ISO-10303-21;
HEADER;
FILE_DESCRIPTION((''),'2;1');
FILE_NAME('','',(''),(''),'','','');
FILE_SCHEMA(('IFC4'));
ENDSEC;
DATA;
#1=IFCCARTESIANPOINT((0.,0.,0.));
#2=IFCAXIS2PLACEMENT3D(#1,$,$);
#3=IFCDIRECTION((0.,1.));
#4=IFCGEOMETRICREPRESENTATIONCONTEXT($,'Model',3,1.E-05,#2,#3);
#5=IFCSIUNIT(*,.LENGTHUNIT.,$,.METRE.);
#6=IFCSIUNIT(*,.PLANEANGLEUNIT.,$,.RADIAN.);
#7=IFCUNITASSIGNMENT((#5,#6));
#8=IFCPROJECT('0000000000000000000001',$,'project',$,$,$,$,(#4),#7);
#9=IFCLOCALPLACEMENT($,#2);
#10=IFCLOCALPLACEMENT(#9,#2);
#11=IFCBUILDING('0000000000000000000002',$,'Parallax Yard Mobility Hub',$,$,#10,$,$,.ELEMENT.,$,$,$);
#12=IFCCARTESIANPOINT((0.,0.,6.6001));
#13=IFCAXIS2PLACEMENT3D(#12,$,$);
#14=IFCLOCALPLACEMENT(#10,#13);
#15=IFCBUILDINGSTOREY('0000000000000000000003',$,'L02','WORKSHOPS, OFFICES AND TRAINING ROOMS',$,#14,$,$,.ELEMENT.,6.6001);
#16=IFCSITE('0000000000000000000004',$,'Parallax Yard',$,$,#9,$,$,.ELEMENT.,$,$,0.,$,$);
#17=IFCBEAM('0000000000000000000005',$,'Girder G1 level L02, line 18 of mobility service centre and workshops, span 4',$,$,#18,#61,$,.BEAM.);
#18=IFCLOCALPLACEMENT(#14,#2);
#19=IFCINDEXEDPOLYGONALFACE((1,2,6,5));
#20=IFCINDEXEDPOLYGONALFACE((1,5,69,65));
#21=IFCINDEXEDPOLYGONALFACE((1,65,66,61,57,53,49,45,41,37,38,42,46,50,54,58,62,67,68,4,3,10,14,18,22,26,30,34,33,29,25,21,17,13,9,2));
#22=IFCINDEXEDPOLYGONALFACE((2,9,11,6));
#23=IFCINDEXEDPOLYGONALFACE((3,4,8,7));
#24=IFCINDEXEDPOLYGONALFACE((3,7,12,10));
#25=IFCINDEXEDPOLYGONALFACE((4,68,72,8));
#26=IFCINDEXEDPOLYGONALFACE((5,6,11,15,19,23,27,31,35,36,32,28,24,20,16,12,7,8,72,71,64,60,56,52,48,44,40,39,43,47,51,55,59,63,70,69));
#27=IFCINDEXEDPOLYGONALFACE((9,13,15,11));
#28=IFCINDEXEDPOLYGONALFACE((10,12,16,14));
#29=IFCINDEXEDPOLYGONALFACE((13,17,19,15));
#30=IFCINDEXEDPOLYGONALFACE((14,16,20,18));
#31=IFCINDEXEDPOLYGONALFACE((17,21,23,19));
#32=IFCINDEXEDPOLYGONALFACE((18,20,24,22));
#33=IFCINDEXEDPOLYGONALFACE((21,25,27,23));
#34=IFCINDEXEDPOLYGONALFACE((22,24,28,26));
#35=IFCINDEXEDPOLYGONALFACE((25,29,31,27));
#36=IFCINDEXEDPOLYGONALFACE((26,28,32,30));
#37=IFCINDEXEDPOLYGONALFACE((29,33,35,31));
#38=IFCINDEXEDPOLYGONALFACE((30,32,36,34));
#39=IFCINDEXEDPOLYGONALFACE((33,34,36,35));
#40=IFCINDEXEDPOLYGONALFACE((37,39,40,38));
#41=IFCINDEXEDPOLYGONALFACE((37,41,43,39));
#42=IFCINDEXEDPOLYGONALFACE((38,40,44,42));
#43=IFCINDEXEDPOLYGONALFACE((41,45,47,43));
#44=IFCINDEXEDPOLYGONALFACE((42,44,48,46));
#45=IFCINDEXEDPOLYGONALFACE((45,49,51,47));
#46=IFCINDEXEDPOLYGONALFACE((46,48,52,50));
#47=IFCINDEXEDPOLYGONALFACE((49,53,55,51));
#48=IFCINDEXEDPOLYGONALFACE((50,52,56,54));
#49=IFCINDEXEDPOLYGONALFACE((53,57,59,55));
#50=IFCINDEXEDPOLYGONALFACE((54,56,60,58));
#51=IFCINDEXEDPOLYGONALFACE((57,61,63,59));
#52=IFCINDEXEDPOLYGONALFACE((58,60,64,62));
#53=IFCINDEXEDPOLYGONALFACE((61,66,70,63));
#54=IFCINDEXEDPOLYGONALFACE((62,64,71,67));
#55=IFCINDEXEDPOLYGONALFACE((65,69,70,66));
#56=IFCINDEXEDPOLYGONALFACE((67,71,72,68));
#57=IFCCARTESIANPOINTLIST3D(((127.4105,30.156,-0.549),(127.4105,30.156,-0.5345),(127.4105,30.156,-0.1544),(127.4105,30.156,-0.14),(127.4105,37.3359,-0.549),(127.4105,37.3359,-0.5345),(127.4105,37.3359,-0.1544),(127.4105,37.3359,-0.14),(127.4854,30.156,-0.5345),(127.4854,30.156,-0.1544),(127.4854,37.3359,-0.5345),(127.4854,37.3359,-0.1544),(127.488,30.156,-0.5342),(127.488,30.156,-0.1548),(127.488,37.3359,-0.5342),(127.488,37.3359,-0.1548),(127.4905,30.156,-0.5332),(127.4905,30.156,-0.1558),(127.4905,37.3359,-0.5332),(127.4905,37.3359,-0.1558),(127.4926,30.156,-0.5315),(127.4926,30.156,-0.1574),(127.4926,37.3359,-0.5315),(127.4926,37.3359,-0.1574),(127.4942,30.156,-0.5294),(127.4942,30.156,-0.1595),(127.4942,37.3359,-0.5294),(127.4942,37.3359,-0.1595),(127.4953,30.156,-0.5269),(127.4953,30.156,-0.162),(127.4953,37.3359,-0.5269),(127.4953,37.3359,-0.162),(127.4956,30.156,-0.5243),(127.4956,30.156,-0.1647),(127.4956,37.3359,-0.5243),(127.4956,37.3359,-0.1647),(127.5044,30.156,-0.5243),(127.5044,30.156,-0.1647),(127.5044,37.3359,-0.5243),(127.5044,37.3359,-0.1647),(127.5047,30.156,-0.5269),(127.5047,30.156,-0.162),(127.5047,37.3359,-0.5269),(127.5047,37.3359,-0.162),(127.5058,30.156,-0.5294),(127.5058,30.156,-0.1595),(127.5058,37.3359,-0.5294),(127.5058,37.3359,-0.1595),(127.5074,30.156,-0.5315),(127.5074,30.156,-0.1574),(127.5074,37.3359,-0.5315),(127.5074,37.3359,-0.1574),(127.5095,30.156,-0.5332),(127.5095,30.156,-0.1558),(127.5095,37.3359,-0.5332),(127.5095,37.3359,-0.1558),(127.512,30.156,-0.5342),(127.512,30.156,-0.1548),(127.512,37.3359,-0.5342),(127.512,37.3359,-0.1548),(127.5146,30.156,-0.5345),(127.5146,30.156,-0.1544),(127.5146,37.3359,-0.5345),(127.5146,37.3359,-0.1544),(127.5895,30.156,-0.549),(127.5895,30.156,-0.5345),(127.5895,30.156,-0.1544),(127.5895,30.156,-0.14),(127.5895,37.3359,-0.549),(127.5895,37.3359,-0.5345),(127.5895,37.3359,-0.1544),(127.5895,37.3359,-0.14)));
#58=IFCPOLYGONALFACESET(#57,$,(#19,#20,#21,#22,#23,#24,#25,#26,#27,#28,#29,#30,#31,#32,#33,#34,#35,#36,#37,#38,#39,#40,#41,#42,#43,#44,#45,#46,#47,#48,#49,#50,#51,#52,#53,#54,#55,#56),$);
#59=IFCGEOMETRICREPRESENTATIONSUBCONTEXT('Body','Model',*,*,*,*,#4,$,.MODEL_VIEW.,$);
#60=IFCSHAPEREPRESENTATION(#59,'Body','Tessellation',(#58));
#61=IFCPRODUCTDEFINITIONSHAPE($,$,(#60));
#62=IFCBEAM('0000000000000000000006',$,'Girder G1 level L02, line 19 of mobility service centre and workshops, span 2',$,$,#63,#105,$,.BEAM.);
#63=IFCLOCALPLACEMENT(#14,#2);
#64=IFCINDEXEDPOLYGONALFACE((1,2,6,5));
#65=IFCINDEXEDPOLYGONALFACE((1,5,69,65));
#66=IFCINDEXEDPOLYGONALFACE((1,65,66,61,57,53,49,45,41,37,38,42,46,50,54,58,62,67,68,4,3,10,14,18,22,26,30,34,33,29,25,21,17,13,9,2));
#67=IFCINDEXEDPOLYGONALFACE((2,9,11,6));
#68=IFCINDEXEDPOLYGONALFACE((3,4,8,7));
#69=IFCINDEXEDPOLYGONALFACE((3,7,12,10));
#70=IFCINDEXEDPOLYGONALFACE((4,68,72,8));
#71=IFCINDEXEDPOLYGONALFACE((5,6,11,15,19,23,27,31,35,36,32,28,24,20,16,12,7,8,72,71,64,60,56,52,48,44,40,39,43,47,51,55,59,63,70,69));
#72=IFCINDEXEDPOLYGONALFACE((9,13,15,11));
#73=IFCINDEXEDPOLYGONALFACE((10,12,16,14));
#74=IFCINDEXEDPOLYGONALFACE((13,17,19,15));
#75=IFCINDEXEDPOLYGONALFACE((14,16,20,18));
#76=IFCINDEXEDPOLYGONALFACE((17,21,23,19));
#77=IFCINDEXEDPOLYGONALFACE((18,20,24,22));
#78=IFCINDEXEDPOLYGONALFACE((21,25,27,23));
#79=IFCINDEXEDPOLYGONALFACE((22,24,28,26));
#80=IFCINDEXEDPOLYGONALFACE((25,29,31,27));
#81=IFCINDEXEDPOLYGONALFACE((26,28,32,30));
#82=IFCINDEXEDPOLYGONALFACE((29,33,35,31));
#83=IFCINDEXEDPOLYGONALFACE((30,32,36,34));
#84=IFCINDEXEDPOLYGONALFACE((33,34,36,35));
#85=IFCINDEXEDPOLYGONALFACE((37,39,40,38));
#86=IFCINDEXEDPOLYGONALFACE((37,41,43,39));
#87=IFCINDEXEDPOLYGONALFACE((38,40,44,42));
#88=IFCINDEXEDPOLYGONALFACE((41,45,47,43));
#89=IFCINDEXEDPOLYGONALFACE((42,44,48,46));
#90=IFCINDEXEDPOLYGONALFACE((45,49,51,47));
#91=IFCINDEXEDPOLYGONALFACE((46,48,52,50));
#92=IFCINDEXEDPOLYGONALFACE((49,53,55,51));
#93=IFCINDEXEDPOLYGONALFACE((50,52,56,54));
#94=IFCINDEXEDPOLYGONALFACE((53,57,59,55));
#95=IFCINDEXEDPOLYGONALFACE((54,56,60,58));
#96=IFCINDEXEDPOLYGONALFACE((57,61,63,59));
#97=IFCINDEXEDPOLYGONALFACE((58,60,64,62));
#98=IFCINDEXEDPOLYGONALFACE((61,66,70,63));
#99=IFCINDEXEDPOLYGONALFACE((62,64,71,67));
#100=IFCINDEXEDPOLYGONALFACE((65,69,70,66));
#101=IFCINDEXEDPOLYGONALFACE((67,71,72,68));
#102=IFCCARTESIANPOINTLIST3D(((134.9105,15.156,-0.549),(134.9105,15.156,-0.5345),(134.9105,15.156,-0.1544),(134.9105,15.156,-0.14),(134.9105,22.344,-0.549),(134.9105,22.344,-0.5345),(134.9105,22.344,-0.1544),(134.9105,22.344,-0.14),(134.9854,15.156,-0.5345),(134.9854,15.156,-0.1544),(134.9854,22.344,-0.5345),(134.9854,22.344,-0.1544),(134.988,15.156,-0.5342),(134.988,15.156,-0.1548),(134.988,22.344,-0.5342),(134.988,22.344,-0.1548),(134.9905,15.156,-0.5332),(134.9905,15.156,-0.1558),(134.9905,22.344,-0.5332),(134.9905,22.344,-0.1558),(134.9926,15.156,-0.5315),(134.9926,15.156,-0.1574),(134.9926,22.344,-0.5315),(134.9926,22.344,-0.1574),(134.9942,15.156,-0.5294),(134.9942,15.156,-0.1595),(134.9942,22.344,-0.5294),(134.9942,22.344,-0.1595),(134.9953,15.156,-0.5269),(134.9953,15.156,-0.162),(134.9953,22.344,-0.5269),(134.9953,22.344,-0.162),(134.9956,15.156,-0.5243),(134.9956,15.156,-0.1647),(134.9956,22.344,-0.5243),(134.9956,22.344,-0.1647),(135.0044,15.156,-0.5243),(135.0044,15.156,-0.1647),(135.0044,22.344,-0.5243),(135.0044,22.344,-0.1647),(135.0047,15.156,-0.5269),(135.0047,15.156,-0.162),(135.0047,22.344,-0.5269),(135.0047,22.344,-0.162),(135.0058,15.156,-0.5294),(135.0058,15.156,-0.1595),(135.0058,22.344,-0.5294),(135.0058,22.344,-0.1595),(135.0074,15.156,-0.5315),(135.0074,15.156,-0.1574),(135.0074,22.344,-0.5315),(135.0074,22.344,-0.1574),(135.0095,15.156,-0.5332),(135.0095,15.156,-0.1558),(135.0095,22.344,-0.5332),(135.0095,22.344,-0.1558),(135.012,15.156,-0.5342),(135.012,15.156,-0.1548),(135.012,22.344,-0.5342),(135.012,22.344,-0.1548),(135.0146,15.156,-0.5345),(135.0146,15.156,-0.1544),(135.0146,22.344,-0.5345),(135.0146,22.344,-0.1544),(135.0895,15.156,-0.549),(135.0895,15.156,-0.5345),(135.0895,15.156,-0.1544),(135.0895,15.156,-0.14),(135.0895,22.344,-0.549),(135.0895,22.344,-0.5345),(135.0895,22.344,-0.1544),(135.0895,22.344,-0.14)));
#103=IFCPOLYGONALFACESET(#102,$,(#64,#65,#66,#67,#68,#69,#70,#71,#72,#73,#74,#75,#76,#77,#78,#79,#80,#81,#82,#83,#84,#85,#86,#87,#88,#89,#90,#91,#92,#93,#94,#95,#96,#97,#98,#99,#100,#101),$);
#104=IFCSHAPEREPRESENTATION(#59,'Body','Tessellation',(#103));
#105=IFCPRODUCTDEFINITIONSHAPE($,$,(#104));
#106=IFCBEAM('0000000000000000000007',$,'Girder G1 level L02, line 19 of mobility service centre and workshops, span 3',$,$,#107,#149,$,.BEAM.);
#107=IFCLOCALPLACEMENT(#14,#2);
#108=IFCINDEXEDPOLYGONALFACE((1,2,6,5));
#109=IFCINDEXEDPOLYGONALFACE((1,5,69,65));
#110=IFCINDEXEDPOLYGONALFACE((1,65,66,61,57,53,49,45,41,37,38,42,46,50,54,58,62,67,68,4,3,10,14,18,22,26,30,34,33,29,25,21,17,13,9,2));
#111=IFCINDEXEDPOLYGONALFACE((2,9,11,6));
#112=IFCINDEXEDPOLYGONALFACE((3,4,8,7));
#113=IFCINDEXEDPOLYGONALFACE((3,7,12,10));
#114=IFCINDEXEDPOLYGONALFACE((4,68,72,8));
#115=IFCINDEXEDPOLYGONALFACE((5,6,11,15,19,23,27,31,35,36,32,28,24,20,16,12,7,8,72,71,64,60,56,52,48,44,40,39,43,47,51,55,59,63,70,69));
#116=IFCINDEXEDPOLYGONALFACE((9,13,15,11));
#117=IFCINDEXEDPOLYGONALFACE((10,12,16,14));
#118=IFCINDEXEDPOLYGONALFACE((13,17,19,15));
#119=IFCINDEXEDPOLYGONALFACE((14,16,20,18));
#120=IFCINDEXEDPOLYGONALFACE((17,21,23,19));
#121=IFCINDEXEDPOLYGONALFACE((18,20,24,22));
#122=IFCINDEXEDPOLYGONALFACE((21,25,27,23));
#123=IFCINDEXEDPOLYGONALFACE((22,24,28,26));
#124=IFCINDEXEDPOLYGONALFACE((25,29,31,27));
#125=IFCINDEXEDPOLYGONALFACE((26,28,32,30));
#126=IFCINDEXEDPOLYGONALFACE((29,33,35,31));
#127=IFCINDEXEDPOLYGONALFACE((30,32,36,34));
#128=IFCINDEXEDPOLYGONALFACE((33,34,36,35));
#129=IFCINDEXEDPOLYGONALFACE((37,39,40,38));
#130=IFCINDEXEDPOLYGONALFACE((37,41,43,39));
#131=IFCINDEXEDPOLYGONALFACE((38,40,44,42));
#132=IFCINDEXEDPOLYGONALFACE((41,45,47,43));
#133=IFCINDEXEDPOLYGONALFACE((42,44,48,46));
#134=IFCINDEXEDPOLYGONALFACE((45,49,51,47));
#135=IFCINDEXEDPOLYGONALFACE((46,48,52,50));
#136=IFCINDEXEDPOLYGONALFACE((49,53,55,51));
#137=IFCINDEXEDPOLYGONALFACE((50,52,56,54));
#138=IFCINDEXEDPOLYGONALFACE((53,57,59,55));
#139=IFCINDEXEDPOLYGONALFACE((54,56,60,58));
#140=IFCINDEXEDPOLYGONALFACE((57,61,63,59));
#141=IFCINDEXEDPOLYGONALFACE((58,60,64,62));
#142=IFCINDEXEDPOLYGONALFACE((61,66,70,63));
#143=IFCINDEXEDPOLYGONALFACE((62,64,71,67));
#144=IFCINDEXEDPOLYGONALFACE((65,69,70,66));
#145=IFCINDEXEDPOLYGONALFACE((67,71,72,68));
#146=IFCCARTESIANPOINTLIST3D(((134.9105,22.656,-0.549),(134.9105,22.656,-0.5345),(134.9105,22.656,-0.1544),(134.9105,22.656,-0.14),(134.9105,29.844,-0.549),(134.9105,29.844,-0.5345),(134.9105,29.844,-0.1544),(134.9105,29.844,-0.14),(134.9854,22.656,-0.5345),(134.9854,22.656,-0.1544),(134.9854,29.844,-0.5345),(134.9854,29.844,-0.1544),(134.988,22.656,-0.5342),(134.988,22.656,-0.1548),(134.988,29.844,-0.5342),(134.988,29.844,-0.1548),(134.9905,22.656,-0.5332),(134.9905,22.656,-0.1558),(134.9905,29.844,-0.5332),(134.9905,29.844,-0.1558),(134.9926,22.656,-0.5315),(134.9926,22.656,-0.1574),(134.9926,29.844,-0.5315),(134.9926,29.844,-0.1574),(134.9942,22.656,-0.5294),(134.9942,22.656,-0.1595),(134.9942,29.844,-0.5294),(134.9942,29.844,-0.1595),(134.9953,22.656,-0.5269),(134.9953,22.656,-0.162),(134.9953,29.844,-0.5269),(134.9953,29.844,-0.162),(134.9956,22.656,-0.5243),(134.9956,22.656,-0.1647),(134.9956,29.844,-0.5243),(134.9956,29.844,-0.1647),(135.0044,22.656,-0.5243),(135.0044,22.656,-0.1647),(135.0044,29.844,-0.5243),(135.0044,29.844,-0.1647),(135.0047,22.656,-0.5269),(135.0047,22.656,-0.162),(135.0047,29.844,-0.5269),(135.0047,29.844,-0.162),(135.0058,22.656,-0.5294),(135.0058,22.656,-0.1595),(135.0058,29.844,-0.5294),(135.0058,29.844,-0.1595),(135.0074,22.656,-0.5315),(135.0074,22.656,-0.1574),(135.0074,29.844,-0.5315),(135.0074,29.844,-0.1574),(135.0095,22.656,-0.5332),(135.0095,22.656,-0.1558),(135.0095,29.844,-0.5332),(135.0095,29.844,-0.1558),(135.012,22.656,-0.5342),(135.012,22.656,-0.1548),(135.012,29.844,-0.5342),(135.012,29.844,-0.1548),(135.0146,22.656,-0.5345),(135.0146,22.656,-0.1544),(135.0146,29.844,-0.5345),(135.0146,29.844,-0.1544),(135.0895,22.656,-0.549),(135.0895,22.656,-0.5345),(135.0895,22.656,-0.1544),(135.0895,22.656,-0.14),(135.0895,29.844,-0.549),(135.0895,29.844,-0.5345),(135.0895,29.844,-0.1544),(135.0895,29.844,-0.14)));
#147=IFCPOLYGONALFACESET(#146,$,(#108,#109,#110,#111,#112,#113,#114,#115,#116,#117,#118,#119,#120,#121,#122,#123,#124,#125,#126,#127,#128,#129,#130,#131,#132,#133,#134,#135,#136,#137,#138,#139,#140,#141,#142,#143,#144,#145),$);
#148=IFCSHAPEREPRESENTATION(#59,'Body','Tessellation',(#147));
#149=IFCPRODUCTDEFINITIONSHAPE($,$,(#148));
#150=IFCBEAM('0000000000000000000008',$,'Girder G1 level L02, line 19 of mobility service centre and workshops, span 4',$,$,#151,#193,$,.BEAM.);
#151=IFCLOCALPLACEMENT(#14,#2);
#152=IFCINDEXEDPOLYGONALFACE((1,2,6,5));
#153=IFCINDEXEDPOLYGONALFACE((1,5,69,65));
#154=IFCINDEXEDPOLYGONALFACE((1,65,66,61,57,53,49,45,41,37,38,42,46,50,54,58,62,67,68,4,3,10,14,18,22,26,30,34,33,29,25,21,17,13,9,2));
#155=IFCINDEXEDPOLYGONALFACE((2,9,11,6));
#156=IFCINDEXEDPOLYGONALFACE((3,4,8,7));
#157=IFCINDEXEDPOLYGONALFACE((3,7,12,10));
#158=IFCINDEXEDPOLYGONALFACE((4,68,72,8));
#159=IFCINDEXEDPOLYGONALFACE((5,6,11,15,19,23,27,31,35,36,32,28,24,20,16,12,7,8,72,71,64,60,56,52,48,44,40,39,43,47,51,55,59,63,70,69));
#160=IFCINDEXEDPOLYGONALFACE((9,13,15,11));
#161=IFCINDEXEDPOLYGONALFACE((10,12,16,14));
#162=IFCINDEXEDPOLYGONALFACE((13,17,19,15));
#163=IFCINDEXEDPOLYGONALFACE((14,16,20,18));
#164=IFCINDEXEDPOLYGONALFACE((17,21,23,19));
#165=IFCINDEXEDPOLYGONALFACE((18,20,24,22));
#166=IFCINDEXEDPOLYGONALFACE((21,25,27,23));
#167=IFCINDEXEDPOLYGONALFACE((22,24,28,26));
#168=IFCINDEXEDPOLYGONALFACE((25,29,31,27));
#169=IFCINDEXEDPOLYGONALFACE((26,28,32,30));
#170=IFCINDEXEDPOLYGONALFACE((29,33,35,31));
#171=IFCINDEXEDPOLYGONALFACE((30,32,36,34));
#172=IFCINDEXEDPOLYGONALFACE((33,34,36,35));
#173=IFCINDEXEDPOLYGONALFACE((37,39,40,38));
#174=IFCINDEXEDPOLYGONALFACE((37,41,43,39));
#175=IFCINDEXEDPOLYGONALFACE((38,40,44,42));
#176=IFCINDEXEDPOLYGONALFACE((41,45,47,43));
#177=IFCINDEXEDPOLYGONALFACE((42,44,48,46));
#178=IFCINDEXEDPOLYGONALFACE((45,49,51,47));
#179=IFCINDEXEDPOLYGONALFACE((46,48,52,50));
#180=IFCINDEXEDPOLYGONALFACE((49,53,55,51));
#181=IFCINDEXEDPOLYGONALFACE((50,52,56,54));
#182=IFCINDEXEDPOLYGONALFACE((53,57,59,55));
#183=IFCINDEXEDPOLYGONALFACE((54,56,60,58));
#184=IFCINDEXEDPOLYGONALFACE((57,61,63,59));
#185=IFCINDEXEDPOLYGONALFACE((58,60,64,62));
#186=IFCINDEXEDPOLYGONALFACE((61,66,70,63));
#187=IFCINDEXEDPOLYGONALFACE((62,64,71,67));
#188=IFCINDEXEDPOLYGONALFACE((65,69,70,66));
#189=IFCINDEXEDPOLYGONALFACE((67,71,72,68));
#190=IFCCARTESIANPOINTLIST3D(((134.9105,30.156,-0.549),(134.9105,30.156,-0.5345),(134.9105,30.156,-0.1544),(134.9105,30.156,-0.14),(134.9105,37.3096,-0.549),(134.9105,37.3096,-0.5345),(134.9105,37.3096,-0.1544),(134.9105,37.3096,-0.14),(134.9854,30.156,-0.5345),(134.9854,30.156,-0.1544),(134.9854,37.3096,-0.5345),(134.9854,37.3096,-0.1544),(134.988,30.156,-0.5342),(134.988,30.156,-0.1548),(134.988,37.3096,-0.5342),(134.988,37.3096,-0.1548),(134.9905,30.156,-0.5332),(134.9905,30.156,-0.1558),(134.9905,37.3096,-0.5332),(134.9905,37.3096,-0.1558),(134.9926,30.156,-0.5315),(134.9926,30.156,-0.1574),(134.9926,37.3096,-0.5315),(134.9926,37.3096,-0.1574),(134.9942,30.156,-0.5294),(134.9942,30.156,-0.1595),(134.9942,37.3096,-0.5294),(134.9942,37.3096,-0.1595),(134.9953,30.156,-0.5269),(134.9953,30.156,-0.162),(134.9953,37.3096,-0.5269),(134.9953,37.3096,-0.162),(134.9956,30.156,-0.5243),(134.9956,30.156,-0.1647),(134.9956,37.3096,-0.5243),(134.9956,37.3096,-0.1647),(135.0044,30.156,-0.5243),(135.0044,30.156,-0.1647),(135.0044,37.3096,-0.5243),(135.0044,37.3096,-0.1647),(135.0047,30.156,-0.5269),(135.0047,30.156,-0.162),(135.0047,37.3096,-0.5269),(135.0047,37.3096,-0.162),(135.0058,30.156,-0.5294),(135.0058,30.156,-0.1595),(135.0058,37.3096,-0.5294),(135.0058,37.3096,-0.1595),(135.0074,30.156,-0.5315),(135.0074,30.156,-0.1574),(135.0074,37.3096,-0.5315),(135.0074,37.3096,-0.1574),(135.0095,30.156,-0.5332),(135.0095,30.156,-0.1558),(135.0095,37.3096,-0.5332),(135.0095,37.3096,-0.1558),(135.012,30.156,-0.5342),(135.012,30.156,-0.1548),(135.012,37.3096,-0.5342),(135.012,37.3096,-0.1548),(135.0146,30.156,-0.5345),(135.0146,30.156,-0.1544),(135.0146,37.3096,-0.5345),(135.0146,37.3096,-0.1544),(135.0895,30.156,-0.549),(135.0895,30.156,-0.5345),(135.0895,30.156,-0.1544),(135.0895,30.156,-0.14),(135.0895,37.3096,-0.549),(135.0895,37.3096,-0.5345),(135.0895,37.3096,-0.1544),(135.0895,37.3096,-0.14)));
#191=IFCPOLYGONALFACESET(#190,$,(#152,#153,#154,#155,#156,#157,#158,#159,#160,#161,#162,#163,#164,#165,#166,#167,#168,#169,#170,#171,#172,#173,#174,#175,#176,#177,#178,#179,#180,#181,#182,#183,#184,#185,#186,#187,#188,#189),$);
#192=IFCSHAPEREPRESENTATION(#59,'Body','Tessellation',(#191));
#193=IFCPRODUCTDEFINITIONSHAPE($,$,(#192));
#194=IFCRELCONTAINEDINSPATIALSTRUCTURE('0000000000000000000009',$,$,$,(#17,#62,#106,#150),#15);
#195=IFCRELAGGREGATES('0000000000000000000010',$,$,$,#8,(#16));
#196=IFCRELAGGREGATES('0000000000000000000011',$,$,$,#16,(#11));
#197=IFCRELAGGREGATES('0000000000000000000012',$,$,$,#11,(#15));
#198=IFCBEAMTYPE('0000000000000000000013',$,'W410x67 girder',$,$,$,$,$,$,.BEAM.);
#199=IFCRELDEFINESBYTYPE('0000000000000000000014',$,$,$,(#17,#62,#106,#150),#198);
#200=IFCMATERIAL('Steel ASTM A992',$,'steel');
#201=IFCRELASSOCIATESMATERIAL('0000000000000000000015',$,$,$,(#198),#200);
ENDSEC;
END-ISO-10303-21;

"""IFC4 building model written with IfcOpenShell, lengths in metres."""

from ifc_helpers import new_model, si_unit, direction, frame, origin, origin_2d, place, context, subcontext, project, spatial, i_section, extrude, material, material_profile, profile_set, type_object, element, save


model = new_model("IFC4")

# Units and contexts
model_context = context("Model", 3, precision=1e-05, world=origin(), true_north=direction((0.0, 1.0)))
body_context = subcontext(model_context, "Body", "Model", "MODEL_VIEW")
ifc_project = project(units=[si_unit("LENGTHUNIT", "METRE"), si_unit("PLANEANGLEUNIT", "RADIAN")], contexts=[model_context])

# Site, building, storey
site_placement = place(None, origin())
site = spatial("IfcSite", under=ifc_project, at=site_placement, Name="Parallax Yard", CompositionType="ELEMENT", RefElevation=0.0)
building_placement = place(site_placement, origin())
building = spatial("IfcBuilding", under=site, at=building_placement, Name="Parallax Yard Mobility Hub", CompositionType="ELEMENT")
storey_placement = place(building_placement, frame((0.0, 0.0, 6.6001)))
storey = spatial("IfcBuildingStorey", under=building, at=storey_placement, Name="L02", Description="WORKSHOPS, OFFICES AND TRAINING ROOMS", CompositionType="ELEMENT", Elevation=6.6001)

# Shared definitions
ifc_material_1 = material(Name="Steel ASTM A992", Category="steel")

# Beams
ifc_material_profile_1 = material_profile(ifc_material_1, i_section(OverallWidth=0.179, OverallDepth=0.4089, WebThickness=0.0088, FlangeThickness=0.0144, FilletRadius=0.0103, at=origin_2d()), Name="W410x67")
ifc_profile_set_1 = profile_set([ifc_material_profile_1], Name="Steel ASTM A992")
beam_type_1 = type_object("IfcBeamType", Name="W410x67 girder", PredefinedType="BEAM", material=ifc_profile_set_1)
beam_1_placement = place(storey_placement, frame((127.5, 30.156, -0.3445), z_axis=(0.0, 1.0, 0.0), x_axis=(-1.0, 0.0, 0.0)))
element("IfcBeam", 1, at=beam_1_placement, inside=storey, type_object=beam_type_1, Name="Girder G1 level L02, line 18 of mobility service centre and workshops, span 4", PredefinedType="BEAM", context=body_context, shape_type="SweptSolid", body=[
    extrude(i_section(OverallWidth=0.179, OverallDepth=0.4089, WebThickness=0.0088, FlangeThickness=0.0144, FilletRadius=0.0103, at=origin_2d()), origin(), (0.0, 0.0, 1.0), 7.1799),
])
for number, where, z_axis, x_axis, name in (
    (2, (135.0, 15.156, -0.3445), (0.0, 1.0, 0.0), (-1.0, 0.0, 0.0), "Girder G1 level L02, line 19 of mobility service centre and workshops, span 2"),
    (3, (135.0, 22.656, -0.3445), (0.0, 1.0, 0.0), (-1.0, 0.0, 0.0), "Girder G1 level L02, line 19 of mobility service centre and workshops, span 3"),
):
    element("IfcBeam", number, at=place(storey_placement, frame(where, z_axis=z_axis, x_axis=x_axis)), inside=storey, type_object=beam_type_1, Name=name, PredefinedType="BEAM", context=body_context, shape_type="SweptSolid", body=[
        extrude(i_section(OverallWidth=0.179, OverallDepth=0.4089, WebThickness=0.0088, FlangeThickness=0.0144, FilletRadius=0.0103, at=origin_2d()), origin(), (0.0, 0.0, 1.0), 7.188),
    ])
beam_2_placement = place(storey_placement, frame((135.0, 30.156, -0.3445), z_axis=(0.0, 1.0, 0.0), x_axis=(-1.0, 0.0, 0.0)))
element("IfcBeam", 4, at=beam_2_placement, inside=storey, type_object=beam_type_1, Name="Girder G1 level L02, line 19 of mobility service centre and workshops, span 4", PredefinedType="BEAM", context=body_context, shape_type="SweptSolid", body=[
    extrude(i_section(OverallWidth=0.179, OverallDepth=0.4089, WebThickness=0.0088, FlangeThickness=0.0144, FilletRadius=0.0103, at=origin_2d()), origin(), (0.0, 0.0, 1.0), 7.1536),
])

save(model, "model.ifc")
